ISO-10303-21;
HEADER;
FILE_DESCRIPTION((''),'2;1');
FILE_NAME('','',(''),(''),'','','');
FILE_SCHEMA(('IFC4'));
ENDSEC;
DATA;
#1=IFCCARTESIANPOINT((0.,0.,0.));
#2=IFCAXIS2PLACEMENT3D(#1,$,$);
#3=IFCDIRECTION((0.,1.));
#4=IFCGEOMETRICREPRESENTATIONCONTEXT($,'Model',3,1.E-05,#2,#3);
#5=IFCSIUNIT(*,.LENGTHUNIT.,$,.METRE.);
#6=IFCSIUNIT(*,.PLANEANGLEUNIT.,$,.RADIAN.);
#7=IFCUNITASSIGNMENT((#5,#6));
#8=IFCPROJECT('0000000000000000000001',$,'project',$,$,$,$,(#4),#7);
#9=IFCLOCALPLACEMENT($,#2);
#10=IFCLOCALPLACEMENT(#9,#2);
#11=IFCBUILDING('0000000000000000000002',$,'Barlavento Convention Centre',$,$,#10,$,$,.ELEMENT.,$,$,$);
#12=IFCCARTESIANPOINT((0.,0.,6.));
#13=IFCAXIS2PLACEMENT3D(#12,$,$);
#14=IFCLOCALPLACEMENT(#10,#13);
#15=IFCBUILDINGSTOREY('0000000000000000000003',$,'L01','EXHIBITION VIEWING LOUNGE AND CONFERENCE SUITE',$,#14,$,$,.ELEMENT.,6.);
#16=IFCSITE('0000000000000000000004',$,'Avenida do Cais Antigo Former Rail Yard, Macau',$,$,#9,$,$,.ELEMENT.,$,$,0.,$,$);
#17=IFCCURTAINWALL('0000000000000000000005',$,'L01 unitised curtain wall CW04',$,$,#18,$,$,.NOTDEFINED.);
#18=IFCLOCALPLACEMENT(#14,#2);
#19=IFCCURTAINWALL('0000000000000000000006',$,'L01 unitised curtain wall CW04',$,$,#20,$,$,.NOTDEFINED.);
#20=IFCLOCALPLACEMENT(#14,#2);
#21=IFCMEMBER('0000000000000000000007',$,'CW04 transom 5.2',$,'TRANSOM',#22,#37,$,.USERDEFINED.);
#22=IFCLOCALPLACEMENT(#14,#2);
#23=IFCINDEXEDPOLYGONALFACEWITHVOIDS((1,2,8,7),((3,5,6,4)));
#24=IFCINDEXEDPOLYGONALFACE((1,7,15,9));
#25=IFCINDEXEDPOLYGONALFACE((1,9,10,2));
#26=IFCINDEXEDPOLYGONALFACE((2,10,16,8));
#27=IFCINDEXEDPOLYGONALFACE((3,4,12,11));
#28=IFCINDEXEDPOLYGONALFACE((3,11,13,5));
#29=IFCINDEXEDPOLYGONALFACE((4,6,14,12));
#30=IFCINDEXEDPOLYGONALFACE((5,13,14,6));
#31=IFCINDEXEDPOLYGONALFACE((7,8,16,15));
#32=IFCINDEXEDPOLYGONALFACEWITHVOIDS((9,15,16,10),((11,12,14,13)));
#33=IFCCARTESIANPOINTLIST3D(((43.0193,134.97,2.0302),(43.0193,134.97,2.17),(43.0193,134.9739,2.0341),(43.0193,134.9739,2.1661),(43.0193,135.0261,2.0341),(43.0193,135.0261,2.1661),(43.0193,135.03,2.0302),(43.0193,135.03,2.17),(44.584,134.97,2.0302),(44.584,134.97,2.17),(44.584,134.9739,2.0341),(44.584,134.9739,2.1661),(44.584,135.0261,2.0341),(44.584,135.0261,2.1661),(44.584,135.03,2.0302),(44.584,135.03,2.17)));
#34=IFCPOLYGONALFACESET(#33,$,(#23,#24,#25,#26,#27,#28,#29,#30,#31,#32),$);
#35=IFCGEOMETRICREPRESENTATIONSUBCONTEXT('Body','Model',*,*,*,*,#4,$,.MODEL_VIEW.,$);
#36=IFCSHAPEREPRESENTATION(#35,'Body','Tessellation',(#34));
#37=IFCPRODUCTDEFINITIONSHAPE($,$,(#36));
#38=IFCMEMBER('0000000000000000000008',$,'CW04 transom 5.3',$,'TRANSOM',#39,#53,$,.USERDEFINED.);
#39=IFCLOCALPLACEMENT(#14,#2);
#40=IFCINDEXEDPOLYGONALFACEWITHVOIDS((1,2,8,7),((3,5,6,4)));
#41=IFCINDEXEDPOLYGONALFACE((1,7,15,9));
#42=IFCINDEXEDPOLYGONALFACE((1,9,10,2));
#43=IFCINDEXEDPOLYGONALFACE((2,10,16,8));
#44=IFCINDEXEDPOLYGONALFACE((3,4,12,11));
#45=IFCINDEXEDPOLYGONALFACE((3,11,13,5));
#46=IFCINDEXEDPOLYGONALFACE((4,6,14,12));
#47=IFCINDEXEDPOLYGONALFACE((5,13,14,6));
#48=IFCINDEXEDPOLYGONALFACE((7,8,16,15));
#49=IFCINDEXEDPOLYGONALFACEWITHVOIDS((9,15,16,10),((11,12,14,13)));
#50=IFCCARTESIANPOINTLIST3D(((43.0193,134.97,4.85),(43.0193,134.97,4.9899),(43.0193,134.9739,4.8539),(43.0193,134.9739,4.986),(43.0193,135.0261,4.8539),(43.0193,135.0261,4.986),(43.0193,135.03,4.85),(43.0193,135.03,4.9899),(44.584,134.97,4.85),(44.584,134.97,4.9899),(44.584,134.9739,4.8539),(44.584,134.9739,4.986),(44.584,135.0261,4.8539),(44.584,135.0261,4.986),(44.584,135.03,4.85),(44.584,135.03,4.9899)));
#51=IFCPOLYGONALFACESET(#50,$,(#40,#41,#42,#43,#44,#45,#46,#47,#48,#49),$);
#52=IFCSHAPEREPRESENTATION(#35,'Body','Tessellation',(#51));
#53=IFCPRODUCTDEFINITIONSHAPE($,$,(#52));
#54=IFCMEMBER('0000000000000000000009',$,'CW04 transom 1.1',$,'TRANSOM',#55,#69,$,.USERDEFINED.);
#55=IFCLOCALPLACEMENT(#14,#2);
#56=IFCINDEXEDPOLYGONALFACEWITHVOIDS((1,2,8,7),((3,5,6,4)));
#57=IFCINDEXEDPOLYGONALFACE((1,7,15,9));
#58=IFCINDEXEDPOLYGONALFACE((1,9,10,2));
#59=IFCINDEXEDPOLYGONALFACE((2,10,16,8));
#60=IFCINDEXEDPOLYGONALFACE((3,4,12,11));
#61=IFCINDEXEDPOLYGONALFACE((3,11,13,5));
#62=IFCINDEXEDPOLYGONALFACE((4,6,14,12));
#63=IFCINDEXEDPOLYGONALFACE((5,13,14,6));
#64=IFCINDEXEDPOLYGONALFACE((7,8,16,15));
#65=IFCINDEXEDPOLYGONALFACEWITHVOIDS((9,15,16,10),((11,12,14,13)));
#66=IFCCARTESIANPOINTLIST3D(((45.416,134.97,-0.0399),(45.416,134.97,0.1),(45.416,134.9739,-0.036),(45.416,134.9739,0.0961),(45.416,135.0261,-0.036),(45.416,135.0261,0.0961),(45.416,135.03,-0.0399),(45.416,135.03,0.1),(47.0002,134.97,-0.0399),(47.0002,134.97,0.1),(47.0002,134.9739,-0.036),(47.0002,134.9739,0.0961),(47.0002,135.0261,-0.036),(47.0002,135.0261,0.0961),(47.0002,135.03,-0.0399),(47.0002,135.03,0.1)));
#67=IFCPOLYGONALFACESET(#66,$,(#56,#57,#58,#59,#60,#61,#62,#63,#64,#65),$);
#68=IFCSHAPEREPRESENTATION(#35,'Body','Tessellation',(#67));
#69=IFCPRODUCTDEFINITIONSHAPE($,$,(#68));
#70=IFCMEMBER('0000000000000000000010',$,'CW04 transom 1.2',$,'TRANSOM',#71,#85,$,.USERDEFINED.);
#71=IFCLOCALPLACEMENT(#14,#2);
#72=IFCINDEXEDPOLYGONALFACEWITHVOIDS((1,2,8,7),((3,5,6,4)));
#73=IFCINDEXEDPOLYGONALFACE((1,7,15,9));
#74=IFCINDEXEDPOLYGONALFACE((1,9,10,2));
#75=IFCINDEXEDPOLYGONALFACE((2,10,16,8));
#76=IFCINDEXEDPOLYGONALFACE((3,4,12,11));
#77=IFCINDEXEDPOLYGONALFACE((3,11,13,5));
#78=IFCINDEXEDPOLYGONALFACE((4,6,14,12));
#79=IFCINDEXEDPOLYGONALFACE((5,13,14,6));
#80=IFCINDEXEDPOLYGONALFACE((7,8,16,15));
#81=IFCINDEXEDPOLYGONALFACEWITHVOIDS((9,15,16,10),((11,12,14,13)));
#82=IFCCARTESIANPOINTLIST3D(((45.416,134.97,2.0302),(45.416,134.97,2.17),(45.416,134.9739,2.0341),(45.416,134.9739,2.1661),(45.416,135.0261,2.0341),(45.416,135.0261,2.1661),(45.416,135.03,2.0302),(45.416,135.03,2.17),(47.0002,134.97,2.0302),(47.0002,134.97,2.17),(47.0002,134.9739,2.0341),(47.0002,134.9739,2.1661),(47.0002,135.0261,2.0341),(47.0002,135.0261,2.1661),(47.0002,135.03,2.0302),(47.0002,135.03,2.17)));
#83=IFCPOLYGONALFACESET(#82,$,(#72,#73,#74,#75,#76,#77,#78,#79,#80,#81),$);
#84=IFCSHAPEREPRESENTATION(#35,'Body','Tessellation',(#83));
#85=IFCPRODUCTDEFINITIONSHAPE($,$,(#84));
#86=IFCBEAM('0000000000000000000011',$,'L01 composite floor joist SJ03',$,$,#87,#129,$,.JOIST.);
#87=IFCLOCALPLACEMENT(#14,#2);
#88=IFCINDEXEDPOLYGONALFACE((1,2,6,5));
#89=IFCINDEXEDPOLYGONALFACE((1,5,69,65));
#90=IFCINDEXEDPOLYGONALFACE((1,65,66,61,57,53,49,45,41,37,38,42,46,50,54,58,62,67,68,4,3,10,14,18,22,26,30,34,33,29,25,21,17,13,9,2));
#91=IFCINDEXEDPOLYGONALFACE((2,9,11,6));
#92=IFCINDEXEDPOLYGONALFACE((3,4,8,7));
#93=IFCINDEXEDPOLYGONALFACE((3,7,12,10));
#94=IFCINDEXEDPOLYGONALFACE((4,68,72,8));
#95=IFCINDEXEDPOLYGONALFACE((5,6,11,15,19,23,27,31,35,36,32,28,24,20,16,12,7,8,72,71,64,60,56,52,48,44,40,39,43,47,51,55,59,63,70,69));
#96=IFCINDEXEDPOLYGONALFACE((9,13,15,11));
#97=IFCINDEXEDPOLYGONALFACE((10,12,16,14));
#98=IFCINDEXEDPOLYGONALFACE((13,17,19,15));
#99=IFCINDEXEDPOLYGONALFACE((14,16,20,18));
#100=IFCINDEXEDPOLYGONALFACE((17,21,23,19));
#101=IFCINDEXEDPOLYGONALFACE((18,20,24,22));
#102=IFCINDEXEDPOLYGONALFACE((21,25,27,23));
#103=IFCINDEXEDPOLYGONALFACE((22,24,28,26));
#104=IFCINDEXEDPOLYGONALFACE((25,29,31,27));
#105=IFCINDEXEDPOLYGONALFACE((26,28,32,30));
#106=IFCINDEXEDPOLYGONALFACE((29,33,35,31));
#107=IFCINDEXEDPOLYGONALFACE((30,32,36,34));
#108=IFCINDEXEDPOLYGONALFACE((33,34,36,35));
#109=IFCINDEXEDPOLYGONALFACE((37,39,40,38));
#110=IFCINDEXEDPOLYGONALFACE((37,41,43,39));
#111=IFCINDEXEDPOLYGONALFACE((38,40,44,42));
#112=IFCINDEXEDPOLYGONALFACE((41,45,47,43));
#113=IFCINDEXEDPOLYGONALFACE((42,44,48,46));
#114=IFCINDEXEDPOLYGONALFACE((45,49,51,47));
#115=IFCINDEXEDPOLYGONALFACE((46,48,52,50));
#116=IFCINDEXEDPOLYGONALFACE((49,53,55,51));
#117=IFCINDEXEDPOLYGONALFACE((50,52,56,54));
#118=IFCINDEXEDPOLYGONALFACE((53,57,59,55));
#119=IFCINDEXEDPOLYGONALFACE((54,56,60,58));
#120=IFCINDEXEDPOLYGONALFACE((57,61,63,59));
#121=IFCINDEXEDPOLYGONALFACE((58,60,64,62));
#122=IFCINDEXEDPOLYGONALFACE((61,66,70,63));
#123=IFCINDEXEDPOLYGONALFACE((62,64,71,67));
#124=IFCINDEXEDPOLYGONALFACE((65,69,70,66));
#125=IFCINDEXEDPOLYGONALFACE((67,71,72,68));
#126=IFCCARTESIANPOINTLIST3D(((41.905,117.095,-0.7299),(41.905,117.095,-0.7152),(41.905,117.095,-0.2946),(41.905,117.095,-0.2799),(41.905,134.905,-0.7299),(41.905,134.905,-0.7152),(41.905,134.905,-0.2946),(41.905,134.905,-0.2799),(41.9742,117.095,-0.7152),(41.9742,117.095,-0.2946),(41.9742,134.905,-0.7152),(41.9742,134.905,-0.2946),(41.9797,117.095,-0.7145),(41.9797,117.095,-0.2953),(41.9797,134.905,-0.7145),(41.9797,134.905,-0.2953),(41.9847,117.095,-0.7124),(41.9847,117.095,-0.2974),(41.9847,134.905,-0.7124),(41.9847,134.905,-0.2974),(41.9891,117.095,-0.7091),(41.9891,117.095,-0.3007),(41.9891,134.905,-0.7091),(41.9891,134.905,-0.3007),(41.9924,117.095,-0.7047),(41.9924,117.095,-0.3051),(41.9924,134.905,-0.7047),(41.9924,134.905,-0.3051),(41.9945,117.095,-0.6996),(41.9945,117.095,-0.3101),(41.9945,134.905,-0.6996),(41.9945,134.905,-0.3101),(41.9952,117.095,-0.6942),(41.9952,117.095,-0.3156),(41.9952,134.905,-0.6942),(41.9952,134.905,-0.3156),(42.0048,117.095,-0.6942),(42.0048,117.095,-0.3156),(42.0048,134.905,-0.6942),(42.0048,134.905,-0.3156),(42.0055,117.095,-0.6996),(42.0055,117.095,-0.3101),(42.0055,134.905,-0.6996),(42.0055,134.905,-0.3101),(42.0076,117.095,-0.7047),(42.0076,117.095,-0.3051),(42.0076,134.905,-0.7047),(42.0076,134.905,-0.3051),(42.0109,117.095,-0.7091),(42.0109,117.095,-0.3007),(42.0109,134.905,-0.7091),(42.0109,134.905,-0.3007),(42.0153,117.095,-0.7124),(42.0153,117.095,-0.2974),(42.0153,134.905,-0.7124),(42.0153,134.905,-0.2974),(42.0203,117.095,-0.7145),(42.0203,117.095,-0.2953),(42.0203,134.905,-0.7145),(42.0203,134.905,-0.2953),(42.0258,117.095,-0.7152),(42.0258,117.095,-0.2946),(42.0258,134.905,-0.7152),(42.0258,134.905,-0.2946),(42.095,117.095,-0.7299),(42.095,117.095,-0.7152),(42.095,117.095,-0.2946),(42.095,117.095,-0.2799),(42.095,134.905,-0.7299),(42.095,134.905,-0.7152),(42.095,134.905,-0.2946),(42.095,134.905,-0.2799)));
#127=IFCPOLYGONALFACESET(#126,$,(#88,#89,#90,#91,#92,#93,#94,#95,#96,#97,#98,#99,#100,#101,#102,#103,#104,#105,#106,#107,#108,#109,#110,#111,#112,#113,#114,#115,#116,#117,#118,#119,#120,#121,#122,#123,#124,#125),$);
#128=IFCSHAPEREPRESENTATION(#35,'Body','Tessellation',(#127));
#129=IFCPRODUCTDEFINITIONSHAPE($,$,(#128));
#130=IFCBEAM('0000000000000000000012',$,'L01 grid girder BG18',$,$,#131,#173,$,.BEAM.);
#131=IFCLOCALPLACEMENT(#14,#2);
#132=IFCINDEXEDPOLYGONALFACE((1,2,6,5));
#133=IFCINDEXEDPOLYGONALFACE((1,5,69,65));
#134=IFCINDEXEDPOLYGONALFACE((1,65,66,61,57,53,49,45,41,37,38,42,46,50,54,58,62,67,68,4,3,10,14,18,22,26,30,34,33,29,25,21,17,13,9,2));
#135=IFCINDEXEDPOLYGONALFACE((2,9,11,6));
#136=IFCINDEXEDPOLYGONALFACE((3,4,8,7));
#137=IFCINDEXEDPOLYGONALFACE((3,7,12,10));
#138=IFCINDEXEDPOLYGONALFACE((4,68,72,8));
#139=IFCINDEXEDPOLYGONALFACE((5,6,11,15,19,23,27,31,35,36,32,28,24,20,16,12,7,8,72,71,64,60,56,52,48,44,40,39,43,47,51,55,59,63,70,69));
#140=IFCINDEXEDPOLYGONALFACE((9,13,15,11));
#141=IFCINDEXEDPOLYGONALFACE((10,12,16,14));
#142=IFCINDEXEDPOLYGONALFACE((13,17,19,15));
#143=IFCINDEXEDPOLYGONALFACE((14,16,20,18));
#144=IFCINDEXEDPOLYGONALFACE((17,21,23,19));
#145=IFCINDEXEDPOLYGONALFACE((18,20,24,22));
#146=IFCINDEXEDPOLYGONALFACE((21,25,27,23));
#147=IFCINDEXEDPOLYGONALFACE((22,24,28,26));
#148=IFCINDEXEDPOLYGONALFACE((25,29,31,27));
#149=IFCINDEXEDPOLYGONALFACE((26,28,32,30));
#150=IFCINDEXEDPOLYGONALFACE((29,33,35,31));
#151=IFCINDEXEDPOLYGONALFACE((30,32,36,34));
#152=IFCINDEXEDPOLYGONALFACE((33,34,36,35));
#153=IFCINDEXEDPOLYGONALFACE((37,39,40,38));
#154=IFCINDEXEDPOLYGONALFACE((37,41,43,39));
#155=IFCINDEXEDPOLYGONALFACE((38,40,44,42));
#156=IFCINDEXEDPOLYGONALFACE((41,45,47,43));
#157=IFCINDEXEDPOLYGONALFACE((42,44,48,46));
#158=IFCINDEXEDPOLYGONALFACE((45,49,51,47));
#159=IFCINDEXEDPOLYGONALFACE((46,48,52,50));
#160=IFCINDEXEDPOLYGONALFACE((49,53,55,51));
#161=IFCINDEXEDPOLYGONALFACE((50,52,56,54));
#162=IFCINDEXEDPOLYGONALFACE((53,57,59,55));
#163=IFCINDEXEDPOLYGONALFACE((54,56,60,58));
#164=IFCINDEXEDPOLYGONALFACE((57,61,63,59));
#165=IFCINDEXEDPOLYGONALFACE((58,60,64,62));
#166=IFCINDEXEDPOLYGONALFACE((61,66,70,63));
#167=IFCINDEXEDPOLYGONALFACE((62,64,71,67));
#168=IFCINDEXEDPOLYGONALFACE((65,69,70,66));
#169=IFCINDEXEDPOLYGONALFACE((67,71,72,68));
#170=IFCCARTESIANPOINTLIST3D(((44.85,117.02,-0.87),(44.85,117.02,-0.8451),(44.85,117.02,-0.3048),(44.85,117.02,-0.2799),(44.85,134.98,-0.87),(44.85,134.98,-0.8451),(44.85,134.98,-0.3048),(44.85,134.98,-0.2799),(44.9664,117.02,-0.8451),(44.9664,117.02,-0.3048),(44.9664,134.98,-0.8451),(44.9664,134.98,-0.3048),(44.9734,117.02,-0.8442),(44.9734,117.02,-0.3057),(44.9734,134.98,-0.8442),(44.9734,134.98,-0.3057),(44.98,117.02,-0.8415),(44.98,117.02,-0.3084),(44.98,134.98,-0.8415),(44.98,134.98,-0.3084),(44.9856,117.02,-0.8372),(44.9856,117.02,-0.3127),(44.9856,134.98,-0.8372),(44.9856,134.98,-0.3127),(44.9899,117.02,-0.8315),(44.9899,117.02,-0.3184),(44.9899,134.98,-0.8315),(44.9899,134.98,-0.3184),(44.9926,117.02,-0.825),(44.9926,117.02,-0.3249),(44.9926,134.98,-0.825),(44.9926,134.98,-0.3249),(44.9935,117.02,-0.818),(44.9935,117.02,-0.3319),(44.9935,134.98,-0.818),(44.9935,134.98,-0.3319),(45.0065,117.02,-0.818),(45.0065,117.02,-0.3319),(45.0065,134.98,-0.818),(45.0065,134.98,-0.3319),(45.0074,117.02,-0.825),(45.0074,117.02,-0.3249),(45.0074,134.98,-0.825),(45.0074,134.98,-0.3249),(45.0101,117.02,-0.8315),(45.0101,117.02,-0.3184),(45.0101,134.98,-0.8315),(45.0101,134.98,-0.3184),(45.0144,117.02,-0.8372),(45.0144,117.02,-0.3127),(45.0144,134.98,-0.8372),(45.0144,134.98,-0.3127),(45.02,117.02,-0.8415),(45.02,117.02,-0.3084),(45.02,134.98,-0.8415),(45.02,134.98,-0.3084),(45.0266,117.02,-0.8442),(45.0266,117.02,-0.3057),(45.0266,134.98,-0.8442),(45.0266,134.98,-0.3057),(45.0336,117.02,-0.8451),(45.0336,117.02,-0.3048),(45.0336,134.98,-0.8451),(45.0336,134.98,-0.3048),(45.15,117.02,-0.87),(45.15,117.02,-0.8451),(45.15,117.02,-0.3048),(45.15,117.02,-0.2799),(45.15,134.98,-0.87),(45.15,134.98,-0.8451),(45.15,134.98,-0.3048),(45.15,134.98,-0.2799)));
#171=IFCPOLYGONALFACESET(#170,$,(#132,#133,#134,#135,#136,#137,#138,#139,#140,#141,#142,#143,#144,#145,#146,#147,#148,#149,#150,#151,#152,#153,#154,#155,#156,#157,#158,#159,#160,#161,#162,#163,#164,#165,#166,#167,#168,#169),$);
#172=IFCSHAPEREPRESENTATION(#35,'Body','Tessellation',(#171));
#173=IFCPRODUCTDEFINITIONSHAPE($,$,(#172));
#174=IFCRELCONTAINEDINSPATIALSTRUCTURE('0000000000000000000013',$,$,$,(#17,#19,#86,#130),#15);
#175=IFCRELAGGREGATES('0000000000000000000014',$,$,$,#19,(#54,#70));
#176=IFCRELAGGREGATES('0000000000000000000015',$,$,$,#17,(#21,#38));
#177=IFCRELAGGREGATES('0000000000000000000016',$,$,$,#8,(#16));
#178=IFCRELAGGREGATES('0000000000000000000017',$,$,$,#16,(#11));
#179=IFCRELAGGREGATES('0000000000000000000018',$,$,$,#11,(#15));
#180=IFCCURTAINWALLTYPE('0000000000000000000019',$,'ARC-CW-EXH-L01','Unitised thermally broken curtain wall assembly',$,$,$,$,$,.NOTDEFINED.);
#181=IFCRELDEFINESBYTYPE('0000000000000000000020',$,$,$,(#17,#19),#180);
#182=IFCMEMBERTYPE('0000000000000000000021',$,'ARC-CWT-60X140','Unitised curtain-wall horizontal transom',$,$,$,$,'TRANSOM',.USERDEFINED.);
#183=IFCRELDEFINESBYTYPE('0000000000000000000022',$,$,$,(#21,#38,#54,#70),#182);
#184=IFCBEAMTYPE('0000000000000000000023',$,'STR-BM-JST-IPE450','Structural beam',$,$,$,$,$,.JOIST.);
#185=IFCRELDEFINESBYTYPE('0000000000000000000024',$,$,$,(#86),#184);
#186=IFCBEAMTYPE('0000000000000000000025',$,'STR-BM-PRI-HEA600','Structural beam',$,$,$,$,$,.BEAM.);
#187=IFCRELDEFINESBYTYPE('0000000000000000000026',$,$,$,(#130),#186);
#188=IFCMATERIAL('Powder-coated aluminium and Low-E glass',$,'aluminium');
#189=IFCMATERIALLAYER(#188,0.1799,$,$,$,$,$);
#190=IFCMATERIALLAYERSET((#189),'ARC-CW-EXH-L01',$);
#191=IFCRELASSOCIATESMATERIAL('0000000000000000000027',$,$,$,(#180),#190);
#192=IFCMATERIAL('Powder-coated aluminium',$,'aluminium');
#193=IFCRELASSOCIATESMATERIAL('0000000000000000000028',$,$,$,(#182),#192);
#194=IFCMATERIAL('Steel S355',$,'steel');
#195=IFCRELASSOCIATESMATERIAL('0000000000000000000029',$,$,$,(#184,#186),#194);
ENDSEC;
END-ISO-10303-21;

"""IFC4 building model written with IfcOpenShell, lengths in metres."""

from ifc_helpers import new_model, si_unit, direction, frame, origin, origin_2d, place, context, subcontext, project, spatial, hollow_rectangle, i_section, extrude, material, layer, layer_set, material_profile, profile_set, type_object, element, aggregate, save


model = new_model("IFC4")

# Units and contexts
model_context = context("Model", 3, precision=1e-05, world=origin(), true_north=direction((0.0, 1.0)))
body_context = subcontext(model_context, "Body", "Model", "MODEL_VIEW")
ifc_project = project(units=[si_unit("LENGTHUNIT", "METRE"), si_unit("PLANEANGLEUNIT", "RADIAN")], contexts=[model_context])

# Site, building, storey
site_placement = place(None, origin())
site = spatial("IfcSite", under=ifc_project, at=site_placement, Name="Avenida do Cais Antigo Former Rail Yard, Macau", CompositionType="ELEMENT", RefElevation=0.0)
building_placement = place(site_placement, origin())
building = spatial("IfcBuilding", under=site, at=building_placement, Name="Barlavento Convention Centre", CompositionType="ELEMENT")
storey_placement = place(building_placement, frame((0.0, 0.0, 6.0)))
storey = spatial("IfcBuildingStorey", under=building, at=storey_placement, Name="L01", Description="EXHIBITION VIEWING LOUNGE AND CONFERENCE SUITE", CompositionType="ELEMENT", Elevation=6.0)

# Shared definitions
ifc_material_1 = material(Name="Steel S355", Category="steel")

# Curtain wall
ifc_material_2 = material(Name="Powder-coated aluminium and Low-E glass", Category="aluminium")
ifc_layer_1 = layer(ifc_material_2, 0.1799)
ifc_layer_set_1 = layer_set([ifc_layer_1], Name="ARC-CW-EXH-L01")
curtain_wall_type = type_object("IfcCurtainWallType", Name="ARC-CW-EXH-L01", Description="Unitised thermally broken curtain wall assembly", PredefinedType="NOTDEFINED", material=ifc_layer_set_1)
curtain_wall_1_placement = place(storey_placement, origin())
curtain_wall_1 = element("IfcCurtainWall", 1, at=curtain_wall_1_placement, inside=storey, type_object=curtain_wall_type, Name="L01 unitised curtain wall CW04", PredefinedType="NOTDEFINED")
ifc_material_3 = material(Name="Powder-coated aluminium", Category="aluminium")

# Curtain wall
curtain_wall_2_placement = place(storey_placement, origin())
curtain_wall_2 = element("IfcCurtainWall", 2, at=curtain_wall_2_placement, inside=storey, type_object=curtain_wall_type, Name="L01 unitised curtain wall CW04", PredefinedType="NOTDEFINED")

# Members
ifc_material_profile_1 = material_profile(ifc_material_3, hollow_rectangle(XDim=0.0601, YDim=0.1399, WallThickness=0.0039, at=origin_2d()), Name="AL-TRAN 60x140x4")
ifc_profile_set_1 = profile_set([ifc_material_profile_1], Name="Powder-coated aluminium")
member_type_1 = type_object("IfcMemberType", Name="ARC-CWT-60X140", Description="Unitised curtain-wall horizontal transom", ElementType="TRANSOM", PredefinedType="USERDEFINED", material=ifc_profile_set_1)
member_1_placement = place(storey_placement, frame((43.0193, 135.0, 2.1001), z_axis=(1.0, 0.0, 0.0), x_axis=(0.0, 1.0, 0.0)))
member_1 = element("IfcMember", 3, at=member_1_placement, type_object=member_type_1, Name="CW04 transom 5.2", ObjectType="TRANSOM", PredefinedType="USERDEFINED", context=body_context, shape_type="SweptSolid", body=[
    extrude(hollow_rectangle(XDim=0.0601, YDim=0.1399, WallThickness=0.0039, at=origin_2d()), origin(), (0.0, 0.0, 1.0), 1.5647),
])
member_2_placement = place(storey_placement, frame((43.0193, 135.0, 4.9199), z_axis=(1.0, 0.0, 0.0), x_axis=(0.0, 1.0, 0.0)))
member_2 = element("IfcMember", 4, at=member_2_placement, type_object=member_type_1, Name="CW04 transom 5.3", ObjectType="TRANSOM", PredefinedType="USERDEFINED", context=body_context, shape_type="SweptSolid", body=[
    extrude(hollow_rectangle(XDim=0.0601, YDim=0.1399, WallThickness=0.0039, at=origin_2d()), origin(), (0.0, 0.0, 1.0), 1.5647),
])
member_3_placement = place(storey_placement, frame((45.416, 135.0, 0.03), z_axis=(1.0, 0.0, 0.0), x_axis=(0.0, 1.0, 0.0)))
member_3 = element("IfcMember", 5, at=member_3_placement, type_object=member_type_1, Name="CW04 transom 1.1", ObjectType="TRANSOM", PredefinedType="USERDEFINED", context=body_context, shape_type="SweptSolid", body=[
    extrude(hollow_rectangle(XDim=0.0601, YDim=0.1399, WallThickness=0.0039, at=origin_2d()), origin(), (0.0, 0.0, 1.0), 1.5842),
])
member_4_placement = place(storey_placement, frame((45.416, 135.0, 2.1001), z_axis=(1.0, 0.0, 0.0), x_axis=(0.0, 1.0, 0.0)))
member_4 = element("IfcMember", 6, at=member_4_placement, type_object=member_type_1, Name="CW04 transom 1.2", ObjectType="TRANSOM", PredefinedType="USERDEFINED", context=body_context, shape_type="SweptSolid", body=[
    extrude(hollow_rectangle(XDim=0.0601, YDim=0.1399, WallThickness=0.0039, at=origin_2d()), origin(), (0.0, 0.0, 1.0), 1.5842),
])
aggregate(curtain_wall_2, [member_3, member_4])

# Beams
ifc_material_profile_2 = material_profile(ifc_material_1, i_section(OverallWidth=0.1899, OverallDepth=0.45, WebThickness=0.0095, FlangeThickness=0.0146, FilletRadius=0.021, at=origin_2d()), Name="IPE 450")
ifc_profile_set_2 = profile_set([ifc_material_profile_2], Name="Steel S355")
beam_type_1 = type_object("IfcBeamType", Name="STR-BM-JST-IPE450", Description="Structural beam", PredefinedType="JOIST", material=ifc_profile_set_2)
beam_1_placement = place(storey_placement, frame((42.0, 117.095, -0.5049), z_axis=(0.0, 1.0, 0.0), x_axis=(-1.0, 0.0, 0.0)))
element("IfcBeam", 7, at=beam_1_placement, inside=storey, type_object=beam_type_1, Name="L01 composite floor joist SJ03", PredefinedType="JOIST", context=body_context, shape_type="SweptSolid", body=[
    extrude(i_section(OverallWidth=0.1899, OverallDepth=0.45, WebThickness=0.0095, FlangeThickness=0.0146, FilletRadius=0.021, at=origin_2d()), origin(), (0.0, 0.0, 1.0), 17.8101),
])
ifc_material_profile_3 = material_profile(ifc_material_1, i_section(OverallWidth=0.3, OverallDepth=0.5901, WebThickness=0.0129, FlangeThickness=0.0249, FilletRadius=0.0271, at=origin_2d()), Name="HEA 600")
ifc_profile_set_3 = profile_set([ifc_material_profile_3], Name="Steel S355")
beam_type_2 = type_object("IfcBeamType", Name="STR-BM-PRI-HEA600", Description="Structural beam", PredefinedType="BEAM", material=ifc_profile_set_3)
beam_2_placement = place(storey_placement, frame((45.0, 117.02, -0.575), z_axis=(0.0, 1.0, 0.0), x_axis=(-1.0, 0.0, 0.0)))
element("IfcBeam", 8, at=beam_2_placement, inside=storey, type_object=beam_type_2, Name="L01 grid girder BG18", PredefinedType="BEAM", context=body_context, shape_type="SweptSolid", body=[
    extrude(i_section(OverallWidth=0.3, OverallDepth=0.5901, WebThickness=0.0129, FlangeThickness=0.0249, FilletRadius=0.0271, at=origin_2d()), origin(), (0.0, 0.0, 1.0), 17.96),
])

aggregate(curtain_wall_1, [member_1, member_2])

save(model, "model.ifc")
